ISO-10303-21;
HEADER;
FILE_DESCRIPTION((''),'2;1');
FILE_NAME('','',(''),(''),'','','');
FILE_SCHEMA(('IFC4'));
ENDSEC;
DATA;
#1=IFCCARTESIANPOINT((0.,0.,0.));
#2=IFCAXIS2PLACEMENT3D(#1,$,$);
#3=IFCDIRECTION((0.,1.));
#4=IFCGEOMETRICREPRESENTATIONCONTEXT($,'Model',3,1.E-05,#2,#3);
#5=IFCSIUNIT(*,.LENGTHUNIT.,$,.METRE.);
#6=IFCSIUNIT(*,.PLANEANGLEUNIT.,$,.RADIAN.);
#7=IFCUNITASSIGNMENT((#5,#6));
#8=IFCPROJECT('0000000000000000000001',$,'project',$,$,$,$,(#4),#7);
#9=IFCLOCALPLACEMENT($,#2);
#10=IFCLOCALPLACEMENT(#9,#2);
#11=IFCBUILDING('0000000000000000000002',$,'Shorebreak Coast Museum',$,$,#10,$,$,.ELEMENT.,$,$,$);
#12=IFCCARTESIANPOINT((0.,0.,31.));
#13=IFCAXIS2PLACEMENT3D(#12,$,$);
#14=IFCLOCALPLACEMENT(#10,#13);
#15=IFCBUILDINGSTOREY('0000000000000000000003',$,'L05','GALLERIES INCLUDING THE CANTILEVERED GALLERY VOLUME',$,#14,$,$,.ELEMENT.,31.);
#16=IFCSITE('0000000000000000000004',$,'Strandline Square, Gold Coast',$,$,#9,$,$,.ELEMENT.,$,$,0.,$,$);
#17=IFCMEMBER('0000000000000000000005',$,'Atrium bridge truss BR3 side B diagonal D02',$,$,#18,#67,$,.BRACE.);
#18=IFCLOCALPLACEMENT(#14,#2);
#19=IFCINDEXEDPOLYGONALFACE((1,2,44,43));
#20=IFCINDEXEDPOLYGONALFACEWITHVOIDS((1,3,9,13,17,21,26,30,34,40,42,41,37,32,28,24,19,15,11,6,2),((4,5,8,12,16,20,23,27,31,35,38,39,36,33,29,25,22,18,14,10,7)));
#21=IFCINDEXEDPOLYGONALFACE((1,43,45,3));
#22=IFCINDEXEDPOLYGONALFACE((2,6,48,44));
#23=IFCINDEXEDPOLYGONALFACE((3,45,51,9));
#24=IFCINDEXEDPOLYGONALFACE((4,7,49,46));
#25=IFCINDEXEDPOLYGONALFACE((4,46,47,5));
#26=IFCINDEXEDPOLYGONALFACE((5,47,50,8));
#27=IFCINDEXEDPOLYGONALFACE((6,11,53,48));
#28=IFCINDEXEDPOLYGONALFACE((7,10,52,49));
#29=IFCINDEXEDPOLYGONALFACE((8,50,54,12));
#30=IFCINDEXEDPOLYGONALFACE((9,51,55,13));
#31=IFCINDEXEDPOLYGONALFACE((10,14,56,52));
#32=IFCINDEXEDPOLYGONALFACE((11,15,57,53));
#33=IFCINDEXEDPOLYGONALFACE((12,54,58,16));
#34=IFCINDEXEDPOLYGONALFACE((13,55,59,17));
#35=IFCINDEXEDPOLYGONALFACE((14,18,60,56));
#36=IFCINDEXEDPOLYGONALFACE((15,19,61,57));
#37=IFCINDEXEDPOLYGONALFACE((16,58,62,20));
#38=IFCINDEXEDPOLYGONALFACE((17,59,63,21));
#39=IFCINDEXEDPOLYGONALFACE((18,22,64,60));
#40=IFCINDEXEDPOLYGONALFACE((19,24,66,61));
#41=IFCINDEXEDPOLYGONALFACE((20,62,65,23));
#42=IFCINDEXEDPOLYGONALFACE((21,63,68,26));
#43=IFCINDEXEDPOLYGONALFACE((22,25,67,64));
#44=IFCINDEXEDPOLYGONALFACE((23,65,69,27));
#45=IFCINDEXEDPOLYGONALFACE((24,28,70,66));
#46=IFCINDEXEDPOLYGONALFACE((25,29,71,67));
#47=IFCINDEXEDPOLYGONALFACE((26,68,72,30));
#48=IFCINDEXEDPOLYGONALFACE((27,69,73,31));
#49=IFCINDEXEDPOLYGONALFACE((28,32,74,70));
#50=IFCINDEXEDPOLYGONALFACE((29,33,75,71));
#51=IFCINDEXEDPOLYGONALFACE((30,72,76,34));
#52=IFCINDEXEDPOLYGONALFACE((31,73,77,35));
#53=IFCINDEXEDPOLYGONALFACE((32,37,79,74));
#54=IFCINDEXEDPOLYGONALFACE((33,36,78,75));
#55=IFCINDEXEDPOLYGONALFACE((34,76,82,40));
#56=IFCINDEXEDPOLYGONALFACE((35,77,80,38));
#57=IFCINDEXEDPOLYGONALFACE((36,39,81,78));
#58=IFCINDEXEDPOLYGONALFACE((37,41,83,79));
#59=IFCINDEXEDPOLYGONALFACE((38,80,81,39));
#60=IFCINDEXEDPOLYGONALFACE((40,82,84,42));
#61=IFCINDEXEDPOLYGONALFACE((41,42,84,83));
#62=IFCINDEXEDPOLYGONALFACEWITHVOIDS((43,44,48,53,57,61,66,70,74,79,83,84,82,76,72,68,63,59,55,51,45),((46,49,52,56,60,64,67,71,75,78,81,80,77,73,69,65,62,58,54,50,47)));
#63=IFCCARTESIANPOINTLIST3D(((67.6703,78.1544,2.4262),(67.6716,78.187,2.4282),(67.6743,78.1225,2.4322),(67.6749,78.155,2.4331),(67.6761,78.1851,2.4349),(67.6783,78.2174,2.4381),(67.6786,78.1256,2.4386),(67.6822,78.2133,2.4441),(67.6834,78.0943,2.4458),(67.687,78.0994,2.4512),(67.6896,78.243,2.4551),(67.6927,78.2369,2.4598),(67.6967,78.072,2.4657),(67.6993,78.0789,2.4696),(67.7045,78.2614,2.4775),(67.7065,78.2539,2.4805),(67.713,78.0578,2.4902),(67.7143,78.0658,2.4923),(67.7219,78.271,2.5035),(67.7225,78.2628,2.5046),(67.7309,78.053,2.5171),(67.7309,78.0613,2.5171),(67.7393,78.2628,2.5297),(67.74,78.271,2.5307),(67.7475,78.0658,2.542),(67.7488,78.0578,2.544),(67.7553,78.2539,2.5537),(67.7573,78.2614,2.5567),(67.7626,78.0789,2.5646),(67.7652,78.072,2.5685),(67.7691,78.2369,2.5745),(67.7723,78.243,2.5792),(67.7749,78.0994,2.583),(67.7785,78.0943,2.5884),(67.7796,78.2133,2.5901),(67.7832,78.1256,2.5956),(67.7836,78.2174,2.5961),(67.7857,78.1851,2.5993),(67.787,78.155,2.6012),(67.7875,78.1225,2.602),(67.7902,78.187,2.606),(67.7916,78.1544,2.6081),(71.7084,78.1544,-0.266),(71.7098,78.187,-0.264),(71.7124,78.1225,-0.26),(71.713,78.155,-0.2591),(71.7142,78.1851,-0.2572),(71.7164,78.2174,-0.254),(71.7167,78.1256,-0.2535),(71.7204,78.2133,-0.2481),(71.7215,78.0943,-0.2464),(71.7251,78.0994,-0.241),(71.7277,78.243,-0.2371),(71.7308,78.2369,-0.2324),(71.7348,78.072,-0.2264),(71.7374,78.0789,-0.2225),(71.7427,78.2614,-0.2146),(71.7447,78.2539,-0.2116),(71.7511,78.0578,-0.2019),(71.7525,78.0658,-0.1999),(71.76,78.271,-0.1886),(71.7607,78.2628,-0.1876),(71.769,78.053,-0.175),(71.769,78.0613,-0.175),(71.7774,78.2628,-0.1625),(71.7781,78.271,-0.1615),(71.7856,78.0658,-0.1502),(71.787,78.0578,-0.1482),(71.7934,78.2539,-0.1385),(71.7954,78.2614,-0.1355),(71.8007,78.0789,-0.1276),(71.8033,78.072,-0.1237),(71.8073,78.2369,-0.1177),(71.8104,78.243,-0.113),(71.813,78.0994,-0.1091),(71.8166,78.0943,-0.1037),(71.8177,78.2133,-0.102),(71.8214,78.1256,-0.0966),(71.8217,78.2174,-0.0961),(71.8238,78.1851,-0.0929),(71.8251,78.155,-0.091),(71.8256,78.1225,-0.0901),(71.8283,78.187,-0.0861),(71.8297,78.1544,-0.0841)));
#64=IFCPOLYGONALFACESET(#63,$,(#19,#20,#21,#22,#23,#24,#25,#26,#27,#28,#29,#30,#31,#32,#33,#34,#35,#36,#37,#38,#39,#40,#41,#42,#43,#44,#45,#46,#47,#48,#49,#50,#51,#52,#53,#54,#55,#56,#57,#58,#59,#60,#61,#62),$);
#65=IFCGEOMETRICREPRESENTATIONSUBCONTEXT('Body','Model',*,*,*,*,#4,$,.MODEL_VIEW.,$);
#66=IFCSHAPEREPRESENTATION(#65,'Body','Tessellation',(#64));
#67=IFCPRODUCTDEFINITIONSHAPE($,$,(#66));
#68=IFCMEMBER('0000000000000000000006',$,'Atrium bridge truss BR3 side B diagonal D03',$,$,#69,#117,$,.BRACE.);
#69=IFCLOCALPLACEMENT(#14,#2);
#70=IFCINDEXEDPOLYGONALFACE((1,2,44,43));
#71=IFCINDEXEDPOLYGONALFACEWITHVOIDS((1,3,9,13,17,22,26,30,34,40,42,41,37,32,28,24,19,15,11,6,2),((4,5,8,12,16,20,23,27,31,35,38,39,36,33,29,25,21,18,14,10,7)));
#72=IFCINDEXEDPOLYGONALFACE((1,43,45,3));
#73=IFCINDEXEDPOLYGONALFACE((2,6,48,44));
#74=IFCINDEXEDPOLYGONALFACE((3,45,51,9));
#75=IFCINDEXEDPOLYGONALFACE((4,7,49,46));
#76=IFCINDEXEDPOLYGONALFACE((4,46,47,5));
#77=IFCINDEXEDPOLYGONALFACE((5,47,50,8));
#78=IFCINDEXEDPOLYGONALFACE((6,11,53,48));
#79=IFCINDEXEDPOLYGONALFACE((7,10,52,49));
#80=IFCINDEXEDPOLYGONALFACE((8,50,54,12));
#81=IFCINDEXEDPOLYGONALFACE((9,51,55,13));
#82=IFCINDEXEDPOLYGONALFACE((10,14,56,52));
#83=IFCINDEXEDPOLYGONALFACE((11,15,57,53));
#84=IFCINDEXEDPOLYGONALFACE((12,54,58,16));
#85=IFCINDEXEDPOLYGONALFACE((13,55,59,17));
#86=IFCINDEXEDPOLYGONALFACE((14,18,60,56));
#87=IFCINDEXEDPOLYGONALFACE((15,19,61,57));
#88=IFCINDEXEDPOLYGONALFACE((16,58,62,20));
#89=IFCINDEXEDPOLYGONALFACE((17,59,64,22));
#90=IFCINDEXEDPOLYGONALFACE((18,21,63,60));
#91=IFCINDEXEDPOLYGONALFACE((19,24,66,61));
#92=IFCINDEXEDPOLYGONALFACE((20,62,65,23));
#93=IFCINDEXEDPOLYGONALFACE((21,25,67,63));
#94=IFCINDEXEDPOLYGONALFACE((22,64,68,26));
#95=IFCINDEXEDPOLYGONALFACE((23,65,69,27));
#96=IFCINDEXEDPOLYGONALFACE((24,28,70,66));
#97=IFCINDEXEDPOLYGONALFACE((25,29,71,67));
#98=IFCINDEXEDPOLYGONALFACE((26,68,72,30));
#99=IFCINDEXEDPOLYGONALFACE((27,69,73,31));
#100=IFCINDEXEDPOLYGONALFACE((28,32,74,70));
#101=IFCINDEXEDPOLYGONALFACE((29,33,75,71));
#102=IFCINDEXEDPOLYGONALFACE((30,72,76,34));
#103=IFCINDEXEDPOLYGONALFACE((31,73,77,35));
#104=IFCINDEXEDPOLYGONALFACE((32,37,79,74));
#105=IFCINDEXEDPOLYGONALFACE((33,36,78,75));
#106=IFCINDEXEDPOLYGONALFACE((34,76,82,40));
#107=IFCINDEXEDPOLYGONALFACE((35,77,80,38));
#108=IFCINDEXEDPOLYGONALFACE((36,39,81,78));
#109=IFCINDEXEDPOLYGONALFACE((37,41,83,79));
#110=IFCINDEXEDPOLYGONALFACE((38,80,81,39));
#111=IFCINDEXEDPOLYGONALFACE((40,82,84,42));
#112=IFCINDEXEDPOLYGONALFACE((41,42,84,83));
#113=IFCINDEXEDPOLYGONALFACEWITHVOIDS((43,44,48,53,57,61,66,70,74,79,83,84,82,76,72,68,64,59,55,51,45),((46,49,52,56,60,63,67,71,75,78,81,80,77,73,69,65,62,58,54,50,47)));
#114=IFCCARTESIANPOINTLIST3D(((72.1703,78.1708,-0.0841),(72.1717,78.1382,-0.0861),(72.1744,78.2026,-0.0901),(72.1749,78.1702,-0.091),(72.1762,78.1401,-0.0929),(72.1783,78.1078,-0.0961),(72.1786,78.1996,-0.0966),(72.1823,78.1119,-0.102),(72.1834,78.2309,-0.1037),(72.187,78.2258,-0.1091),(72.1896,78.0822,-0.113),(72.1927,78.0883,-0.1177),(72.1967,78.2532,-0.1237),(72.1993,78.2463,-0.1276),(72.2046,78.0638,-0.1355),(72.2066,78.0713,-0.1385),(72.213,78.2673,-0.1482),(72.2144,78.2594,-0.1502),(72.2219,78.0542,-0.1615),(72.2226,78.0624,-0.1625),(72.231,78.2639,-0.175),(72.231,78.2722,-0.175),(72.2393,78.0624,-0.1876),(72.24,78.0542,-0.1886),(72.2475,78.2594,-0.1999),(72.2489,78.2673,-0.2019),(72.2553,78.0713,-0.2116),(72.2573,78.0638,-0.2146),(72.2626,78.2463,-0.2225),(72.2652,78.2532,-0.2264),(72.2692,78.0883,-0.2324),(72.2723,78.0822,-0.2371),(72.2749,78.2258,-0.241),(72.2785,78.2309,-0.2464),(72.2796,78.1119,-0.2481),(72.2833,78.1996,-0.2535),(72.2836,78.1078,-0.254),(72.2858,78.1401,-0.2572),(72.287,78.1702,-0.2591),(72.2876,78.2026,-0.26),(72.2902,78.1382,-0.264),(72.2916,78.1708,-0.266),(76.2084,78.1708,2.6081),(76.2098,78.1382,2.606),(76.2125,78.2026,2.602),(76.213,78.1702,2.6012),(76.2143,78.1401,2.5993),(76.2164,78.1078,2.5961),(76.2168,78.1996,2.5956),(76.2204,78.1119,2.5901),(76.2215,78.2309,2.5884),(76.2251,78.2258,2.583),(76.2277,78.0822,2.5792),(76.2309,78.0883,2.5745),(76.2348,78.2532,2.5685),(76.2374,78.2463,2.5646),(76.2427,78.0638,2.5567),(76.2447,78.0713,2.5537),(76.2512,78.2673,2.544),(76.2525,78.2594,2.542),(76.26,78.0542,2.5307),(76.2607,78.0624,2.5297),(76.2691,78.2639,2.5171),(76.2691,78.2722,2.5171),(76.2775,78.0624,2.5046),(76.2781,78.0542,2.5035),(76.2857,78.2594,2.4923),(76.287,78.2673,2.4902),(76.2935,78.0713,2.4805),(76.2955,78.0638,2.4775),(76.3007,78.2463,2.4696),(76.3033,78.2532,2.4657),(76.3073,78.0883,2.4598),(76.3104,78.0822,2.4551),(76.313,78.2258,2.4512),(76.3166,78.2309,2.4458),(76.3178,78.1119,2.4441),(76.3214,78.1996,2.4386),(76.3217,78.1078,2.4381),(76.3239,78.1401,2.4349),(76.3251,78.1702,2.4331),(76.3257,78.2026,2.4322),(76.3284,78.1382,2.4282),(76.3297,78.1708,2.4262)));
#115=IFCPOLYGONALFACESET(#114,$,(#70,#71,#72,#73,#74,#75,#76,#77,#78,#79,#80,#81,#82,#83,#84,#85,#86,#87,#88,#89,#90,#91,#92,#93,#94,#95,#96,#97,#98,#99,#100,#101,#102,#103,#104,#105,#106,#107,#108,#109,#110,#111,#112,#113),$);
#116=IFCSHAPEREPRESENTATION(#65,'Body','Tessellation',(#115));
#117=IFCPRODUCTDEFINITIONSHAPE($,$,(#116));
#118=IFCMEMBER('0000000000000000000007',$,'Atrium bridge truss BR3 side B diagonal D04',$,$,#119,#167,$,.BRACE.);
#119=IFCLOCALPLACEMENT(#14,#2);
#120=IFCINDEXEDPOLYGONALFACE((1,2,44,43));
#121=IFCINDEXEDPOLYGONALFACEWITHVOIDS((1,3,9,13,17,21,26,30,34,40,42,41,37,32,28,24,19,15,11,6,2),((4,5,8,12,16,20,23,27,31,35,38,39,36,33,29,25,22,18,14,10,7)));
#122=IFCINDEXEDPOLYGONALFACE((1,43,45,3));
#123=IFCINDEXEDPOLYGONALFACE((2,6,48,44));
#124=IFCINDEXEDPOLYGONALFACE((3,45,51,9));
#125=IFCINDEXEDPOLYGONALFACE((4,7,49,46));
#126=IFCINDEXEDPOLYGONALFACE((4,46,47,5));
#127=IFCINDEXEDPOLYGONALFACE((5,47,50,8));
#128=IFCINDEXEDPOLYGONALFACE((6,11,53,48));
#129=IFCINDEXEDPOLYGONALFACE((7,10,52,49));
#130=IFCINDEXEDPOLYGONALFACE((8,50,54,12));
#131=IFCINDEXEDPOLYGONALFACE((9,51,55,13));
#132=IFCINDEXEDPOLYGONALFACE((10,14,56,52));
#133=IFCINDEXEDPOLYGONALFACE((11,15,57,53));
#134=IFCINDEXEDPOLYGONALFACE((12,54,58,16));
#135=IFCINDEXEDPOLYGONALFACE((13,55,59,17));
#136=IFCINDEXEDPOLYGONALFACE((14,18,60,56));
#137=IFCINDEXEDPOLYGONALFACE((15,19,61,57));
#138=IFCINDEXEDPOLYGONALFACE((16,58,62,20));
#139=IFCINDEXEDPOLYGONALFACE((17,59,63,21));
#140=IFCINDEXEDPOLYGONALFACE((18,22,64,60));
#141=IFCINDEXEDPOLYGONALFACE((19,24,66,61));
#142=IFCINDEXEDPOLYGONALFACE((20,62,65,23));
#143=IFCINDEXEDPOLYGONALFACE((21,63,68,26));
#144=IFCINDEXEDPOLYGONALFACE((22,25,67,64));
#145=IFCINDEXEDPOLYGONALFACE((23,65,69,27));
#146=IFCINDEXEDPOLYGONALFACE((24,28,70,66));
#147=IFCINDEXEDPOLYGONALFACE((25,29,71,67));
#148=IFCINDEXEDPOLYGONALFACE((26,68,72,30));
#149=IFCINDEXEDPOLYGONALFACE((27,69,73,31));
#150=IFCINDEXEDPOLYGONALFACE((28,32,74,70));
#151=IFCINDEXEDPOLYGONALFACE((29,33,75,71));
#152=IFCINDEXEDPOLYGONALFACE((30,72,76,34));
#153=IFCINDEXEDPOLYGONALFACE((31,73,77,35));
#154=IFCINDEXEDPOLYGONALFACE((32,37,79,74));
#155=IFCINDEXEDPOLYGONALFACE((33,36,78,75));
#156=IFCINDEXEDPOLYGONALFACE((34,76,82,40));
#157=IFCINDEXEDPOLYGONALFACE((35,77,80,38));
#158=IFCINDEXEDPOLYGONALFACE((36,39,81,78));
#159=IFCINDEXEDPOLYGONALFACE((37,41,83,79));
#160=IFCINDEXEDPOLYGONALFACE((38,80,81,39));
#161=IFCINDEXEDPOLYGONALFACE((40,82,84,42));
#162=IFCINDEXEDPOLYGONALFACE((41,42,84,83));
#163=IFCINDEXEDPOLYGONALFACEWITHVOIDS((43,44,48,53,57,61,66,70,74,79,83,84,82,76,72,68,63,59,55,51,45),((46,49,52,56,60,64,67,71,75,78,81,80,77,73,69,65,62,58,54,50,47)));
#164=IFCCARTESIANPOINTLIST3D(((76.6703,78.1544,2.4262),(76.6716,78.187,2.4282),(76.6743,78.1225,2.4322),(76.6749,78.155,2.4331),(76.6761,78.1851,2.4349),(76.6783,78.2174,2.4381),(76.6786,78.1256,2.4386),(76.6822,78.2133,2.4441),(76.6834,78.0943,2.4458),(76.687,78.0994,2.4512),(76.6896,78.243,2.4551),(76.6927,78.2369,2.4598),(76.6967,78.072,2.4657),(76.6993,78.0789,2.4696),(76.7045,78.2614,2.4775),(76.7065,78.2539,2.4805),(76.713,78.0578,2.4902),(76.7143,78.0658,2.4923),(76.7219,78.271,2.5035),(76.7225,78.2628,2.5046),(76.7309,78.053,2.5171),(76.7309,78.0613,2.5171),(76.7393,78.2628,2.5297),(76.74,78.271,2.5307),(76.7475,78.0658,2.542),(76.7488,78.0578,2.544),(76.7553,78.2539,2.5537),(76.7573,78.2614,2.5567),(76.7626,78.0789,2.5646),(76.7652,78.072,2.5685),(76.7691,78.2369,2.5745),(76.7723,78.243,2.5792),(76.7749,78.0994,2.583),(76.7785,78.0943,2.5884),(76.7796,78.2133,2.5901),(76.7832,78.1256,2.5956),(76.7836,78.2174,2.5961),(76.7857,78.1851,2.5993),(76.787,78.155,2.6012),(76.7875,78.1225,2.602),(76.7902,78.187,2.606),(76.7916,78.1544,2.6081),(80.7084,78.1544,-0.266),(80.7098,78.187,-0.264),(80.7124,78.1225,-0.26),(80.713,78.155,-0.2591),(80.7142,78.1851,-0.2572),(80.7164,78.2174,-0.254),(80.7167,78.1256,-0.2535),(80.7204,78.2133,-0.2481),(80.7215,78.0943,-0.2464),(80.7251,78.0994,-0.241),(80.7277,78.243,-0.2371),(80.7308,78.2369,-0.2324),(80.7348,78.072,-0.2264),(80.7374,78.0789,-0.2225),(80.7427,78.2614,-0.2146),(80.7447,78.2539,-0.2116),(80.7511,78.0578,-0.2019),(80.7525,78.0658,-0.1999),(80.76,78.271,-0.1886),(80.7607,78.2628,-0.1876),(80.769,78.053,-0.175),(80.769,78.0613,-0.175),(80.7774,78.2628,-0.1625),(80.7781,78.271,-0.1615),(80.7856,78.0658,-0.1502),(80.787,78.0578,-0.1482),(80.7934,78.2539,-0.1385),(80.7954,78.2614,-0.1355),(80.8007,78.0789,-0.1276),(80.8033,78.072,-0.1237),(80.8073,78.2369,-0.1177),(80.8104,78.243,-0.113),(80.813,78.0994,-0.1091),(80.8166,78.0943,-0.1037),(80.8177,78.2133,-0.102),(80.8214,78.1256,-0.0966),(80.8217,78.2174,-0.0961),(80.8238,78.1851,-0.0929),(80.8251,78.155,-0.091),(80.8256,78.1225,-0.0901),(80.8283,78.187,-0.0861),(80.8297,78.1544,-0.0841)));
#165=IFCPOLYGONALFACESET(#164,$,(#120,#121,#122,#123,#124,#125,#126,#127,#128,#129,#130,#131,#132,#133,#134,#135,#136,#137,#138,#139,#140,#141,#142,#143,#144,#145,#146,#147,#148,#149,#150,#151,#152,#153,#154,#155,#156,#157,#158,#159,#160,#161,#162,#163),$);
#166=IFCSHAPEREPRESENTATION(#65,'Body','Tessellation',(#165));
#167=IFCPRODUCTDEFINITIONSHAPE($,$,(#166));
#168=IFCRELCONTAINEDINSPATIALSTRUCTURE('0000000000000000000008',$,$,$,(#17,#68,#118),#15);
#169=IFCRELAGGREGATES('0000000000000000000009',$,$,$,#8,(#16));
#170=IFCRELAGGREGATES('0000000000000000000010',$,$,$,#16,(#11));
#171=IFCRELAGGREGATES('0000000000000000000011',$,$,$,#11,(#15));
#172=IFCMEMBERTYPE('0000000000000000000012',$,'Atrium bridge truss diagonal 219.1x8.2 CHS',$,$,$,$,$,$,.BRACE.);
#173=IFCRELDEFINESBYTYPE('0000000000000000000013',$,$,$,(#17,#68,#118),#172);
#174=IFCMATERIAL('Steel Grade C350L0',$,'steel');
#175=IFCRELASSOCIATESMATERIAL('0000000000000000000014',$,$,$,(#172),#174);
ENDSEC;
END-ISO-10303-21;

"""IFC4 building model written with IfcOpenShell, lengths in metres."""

from ifc_helpers import new_model, si_unit, direction, frame, origin, origin_2d, place, context, subcontext, project, spatial, hollow_circle, extrude, material, material_profile, profile_set, type_object, element, save


model = new_model("IFC4")

# Units and contexts
model_context = context("Model", 3, precision=1e-05, world=origin(), true_north=direction((0.0, 1.0)))
body_context = subcontext(model_context, "Body", "Model", "MODEL_VIEW")
ifc_project = project(units=[si_unit("LENGTHUNIT", "METRE"), si_unit("PLANEANGLEUNIT", "RADIAN")], contexts=[model_context])

# Site, building, storey
site_placement = place(None, origin())
site = spatial("IfcSite", under=ifc_project, at=site_placement, Name="Strandline Square, Gold Coast", CompositionType="ELEMENT", RefElevation=0.0)
building_placement = place(site_placement, origin())
building = spatial("IfcBuilding", under=site, at=building_placement, Name="Shorebreak Coast Museum", CompositionType="ELEMENT")
storey_placement = place(building_placement, frame((0.0, 0.0, 31.0)))
storey = spatial("IfcBuildingStorey", under=building, at=storey_placement, Name="L05", Description="GALLERIES INCLUDING THE CANTILEVERED GALLERY VOLUME", CompositionType="ELEMENT", Elevation=31.0)

# Members
ifc_material_1 = material(Name="Steel Grade C350L0", Category="steel")
ifc_material_profile_1 = material_profile(ifc_material_1, hollow_circle(Radius=0.1096, WallThickness=0.0083, at=origin_2d()), Name="219.1x8.2 CHS")
ifc_profile_set_1 = profile_set([ifc_material_profile_1], Name="Steel Grade C350L0")
member_type_1 = type_object("IfcMemberType", Name="Atrium bridge truss diagonal 219.1x8.2 CHS", PredefinedType="BRACE", material=ifc_profile_set_1)
for number, where, z_axis, x_axis, name in (
    (1, (71.769, 78.1626, -0.175), (-0.832043, 0.0, 0.554712), (0.0, -1.0, 0.0), "Atrium bridge truss BR3 side B diagonal D02"),
    (2, (72.231, 78.1626, -0.175), (0.832043, 0.0, 0.554712), (0.0, 1.0, 0.0), "Atrium bridge truss BR3 side B diagonal D03"),
    (3, (80.769, 78.1626, -0.175), (-0.832043, 0.0, 0.554712), (0.0, -1.0, 0.0), "Atrium bridge truss BR3 side B diagonal D04"),
):
    element("IfcMember", number, at=place(storey_placement, frame(where, z_axis=z_axis, x_axis=x_axis)), inside=storey, type_object=member_type_1, Name=name, PredefinedType="BRACE", context=body_context, shape_type="SweptSolid", body=[
        extrude(hollow_circle(Radius=0.1096, WallThickness=0.0083, at=origin_2d()), origin(), (0.0, 0.0, 1.0), 4.8533),
    ])

save(model, "model.ifc")
